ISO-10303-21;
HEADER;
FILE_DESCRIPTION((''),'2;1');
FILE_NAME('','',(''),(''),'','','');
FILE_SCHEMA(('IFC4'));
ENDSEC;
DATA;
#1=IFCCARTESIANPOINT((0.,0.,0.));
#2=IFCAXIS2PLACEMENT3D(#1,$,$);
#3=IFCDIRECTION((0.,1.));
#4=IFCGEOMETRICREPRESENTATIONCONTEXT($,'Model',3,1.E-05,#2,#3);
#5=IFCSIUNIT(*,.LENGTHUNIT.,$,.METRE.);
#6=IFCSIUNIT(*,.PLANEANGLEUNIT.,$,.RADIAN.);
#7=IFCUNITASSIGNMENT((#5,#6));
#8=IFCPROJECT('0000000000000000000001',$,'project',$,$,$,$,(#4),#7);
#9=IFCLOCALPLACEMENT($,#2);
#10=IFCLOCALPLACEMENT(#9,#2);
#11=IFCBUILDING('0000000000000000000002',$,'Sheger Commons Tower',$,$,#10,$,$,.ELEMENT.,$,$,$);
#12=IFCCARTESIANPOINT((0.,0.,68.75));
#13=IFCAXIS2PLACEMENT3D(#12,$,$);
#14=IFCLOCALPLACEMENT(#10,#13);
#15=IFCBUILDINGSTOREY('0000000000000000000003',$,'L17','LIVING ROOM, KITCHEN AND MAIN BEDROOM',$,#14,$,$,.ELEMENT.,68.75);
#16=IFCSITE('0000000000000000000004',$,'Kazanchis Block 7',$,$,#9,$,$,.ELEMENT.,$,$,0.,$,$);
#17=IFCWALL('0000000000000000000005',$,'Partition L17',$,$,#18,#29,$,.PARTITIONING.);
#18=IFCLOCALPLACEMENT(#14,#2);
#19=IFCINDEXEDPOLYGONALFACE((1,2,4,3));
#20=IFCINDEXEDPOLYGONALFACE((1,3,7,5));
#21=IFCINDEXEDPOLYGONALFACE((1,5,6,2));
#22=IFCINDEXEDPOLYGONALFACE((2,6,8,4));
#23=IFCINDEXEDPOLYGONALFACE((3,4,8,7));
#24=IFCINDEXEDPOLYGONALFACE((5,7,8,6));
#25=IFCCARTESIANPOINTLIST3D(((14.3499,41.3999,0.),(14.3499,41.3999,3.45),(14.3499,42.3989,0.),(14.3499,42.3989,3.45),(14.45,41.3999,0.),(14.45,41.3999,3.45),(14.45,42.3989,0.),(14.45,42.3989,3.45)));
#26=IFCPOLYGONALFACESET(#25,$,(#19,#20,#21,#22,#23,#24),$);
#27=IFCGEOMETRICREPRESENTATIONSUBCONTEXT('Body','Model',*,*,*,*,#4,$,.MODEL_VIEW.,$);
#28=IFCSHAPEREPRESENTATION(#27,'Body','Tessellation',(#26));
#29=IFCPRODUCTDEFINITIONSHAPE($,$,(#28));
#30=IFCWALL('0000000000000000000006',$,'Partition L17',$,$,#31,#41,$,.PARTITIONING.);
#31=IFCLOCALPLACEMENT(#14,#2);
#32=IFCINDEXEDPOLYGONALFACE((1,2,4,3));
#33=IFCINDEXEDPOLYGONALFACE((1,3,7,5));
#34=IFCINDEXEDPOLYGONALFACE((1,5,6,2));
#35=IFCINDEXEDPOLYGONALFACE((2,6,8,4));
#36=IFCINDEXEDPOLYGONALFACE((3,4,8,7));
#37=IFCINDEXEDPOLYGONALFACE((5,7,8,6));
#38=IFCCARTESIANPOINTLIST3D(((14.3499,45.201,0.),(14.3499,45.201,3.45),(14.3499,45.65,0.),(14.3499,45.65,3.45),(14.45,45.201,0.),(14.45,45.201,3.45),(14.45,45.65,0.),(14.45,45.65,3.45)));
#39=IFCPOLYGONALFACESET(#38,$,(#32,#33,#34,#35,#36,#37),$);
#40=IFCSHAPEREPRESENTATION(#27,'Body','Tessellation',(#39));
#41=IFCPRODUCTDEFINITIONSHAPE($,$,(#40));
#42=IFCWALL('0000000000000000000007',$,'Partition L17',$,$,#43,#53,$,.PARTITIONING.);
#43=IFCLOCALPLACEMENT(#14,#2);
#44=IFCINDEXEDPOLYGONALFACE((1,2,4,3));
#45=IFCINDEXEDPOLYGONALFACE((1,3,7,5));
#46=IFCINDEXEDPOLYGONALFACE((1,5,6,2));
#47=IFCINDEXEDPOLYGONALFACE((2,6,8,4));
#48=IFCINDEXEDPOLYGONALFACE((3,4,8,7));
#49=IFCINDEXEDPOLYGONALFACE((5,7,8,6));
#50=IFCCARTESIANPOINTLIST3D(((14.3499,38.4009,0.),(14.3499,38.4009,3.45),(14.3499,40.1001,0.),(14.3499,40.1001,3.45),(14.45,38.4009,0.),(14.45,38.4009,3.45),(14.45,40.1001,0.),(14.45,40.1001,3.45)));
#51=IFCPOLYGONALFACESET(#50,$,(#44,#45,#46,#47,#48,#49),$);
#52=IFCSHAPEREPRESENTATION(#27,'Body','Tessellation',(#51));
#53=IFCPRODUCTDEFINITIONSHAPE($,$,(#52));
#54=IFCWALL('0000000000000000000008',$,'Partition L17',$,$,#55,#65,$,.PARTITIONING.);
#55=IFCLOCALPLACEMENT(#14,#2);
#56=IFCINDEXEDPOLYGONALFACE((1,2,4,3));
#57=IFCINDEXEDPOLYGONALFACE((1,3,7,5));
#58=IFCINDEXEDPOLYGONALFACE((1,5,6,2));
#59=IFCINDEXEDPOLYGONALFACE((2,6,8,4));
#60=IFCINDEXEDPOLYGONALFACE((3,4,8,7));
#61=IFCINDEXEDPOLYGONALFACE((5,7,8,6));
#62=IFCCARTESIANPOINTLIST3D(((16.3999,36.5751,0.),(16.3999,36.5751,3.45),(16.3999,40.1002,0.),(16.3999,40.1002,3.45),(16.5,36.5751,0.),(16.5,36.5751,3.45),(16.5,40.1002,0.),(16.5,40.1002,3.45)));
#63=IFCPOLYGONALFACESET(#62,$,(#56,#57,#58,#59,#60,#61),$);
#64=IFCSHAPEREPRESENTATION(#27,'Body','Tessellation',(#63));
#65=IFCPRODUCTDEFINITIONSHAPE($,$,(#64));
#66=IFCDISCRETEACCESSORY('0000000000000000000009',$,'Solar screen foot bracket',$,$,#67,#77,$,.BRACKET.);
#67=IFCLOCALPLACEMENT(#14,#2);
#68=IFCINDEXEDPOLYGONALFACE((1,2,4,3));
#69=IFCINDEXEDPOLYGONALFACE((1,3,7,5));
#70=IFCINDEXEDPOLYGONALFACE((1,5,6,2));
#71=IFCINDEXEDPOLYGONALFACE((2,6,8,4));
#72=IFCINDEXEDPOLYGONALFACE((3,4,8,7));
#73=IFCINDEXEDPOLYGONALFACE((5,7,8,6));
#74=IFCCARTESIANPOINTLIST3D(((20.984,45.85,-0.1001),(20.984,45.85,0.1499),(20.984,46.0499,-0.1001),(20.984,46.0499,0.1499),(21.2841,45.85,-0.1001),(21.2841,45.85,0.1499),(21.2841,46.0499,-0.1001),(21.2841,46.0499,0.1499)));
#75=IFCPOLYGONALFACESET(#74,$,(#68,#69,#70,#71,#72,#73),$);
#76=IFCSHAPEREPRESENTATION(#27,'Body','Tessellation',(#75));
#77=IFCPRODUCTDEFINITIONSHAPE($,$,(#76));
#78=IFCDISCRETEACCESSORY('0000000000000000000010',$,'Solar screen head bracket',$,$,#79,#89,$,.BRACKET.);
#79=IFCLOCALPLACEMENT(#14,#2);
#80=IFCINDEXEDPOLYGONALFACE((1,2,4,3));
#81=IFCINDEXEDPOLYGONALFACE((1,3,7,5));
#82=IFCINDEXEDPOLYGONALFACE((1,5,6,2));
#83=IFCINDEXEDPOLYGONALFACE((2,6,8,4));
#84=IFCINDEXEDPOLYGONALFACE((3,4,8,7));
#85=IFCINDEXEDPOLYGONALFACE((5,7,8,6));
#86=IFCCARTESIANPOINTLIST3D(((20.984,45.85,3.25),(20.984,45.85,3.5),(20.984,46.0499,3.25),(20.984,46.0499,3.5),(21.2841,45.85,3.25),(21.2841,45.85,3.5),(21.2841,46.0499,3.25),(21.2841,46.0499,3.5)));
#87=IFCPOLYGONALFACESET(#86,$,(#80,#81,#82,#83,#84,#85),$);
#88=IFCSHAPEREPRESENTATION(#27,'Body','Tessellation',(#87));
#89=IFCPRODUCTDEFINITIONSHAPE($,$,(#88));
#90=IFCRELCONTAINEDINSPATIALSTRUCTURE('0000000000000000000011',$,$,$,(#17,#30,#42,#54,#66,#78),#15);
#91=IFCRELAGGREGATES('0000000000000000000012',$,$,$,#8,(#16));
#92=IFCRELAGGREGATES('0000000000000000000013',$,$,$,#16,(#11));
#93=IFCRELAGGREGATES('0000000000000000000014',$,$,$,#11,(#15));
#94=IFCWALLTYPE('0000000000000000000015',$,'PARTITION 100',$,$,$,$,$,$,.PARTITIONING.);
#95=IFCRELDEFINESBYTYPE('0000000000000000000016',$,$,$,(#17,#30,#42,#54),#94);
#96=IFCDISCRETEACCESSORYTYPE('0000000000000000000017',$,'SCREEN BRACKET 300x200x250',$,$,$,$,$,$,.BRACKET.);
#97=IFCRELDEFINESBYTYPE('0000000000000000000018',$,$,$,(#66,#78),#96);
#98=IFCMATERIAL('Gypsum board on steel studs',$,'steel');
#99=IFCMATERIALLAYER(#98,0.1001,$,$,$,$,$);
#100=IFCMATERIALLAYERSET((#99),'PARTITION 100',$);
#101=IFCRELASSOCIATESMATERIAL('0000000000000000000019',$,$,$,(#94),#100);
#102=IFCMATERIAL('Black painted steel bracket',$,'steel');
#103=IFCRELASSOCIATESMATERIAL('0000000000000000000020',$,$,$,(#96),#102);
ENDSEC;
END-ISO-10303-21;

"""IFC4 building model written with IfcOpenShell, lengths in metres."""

from ifc_helpers import new_model, si_unit, direction, frame, frame_2d, origin, origin_2d, place, context, subcontext, project, spatial, rectangle, extrude, material, layer, layer_set, type_object, element, save


model = new_model("IFC4")

# Units and contexts
model_context = context("Model", 3, precision=1e-05, world=origin(), true_north=direction((0.0, 1.0)))
body_context = subcontext(model_context, "Body", "Model", "MODEL_VIEW")
ifc_project = project(units=[si_unit("LENGTHUNIT", "METRE"), si_unit("PLANEANGLEUNIT", "RADIAN")], contexts=[model_context])

# Site, building, storey
site_placement = place(None, origin())
site = spatial("IfcSite", under=ifc_project, at=site_placement, Name="Kazanchis Block 7", CompositionType="ELEMENT", RefElevation=0.0)
building_placement = place(site_placement, origin())
building = spatial("IfcBuilding", under=site, at=building_placement, Name="Sheger Commons Tower", CompositionType="ELEMENT")
storey_placement = place(building_placement, frame((0.0, 0.0, 68.75)))
storey = spatial("IfcBuildingStorey", under=building, at=storey_placement, Name="L17", Description="LIVING ROOM, KITCHEN AND MAIN BEDROOM", CompositionType="ELEMENT", Elevation=68.75)

# Shared definitions
ifc_material_1 = material(Name="Gypsum board on steel studs", Category="steel")
ifc_layer_1 = layer(ifc_material_1, 0.1001)
ifc_layer_set_1 = layer_set([ifc_layer_1], Name="PARTITION 100")
wall_type_1 = type_object("IfcWallType", Name="PARTITION 100", PredefinedType="PARTITIONING", material=ifc_layer_set_1)

# Walls
wall_1_placement = place(storey_placement, frame((14.3999, 41.3999, 0.0), z_axis=(0.0, 0.0, 1.0), x_axis=(0.0, 1.0, 0.0)))
element("IfcWall", 1, at=wall_1_placement, inside=storey, type_object=wall_type_1, Name="Partition L17", PredefinedType="PARTITIONING", context=body_context, shape_type="SweptSolid", body=[
    extrude(rectangle(XDim=0.999, YDim=0.1001, at=frame_2d((0.4995, 0.0))), origin(), (0.0, 0.0, 1.0), 3.45),
])
wall_2_placement = place(storey_placement, frame((14.3999, 45.2009, 0.0), z_axis=(0.0, 0.0, 1.0), x_axis=(0.0, 1.0, 0.0)))
element("IfcWall", 2, at=wall_2_placement, inside=storey, type_object=wall_type_1, Name="Partition L17", PredefinedType="PARTITIONING", context=body_context, shape_type="SweptSolid", body=[
    extrude(rectangle(XDim=0.449, YDim=0.1001, at=frame_2d((0.2246, 0.0))), origin(), (0.0, 0.0, 1.0), 3.45),
])
wall_3_placement = place(storey_placement, frame((14.3999, 38.4009, 0.0), z_axis=(0.0, 0.0, 1.0), x_axis=(0.0, 1.0, 0.0)))
element("IfcWall", 3, at=wall_3_placement, inside=storey, type_object=wall_type_1, Name="Partition L17", PredefinedType="PARTITIONING", context=body_context, shape_type="SweptSolid", body=[
    extrude(rectangle(XDim=1.6992, YDim=0.1001, at=frame_2d((0.8496, 0.0))), origin(), (0.0, 0.0, 1.0), 3.45),
])
wall_4_placement = place(storey_placement, frame((16.45, 36.575, 0.0), z_axis=(0.0, 0.0, 1.0), x_axis=(0.0, 1.0, 0.0)))
element("IfcWall", 4, at=wall_4_placement, inside=storey, type_object=wall_type_1, Name="Partition L17", PredefinedType="PARTITIONING", context=body_context, shape_type="SweptSolid", body=[
    extrude(rectangle(XDim=3.5251, YDim=0.1001, at=frame_2d((1.7627, 0.0))), origin(), (0.0, 0.0, 1.0), 3.45),
])

# Discrete accessories
ifc_material_2 = material(Name="Black painted steel bracket", Category="steel")
discrete_accessory_type = type_object("IfcDiscreteAccessoryType", Name="SCREEN BRACKET 300x200x250", PredefinedType="BRACKET", material=ifc_material_2)
for number, where, z_axis, x_axis, name in (
    (5, (21.134, 45.95, -0.1001), (0.0, 0.0, 1.0), (-1.0, 0.0, 0.0), "Solar screen foot bracket"),
    (6, (21.134, 45.95, 3.25), (0.0, 0.0, 1.0), (-1.0, 0.0, 0.0), "Solar screen head bracket"),
):
    element("IfcDiscreteAccessory", number, at=place(storey_placement, frame(where, z_axis=z_axis, x_axis=x_axis)), inside=storey, type_object=discrete_accessory_type, Name=name, PredefinedType="BRACKET", context=body_context, shape_type="SweptSolid", body=[
        extrude(rectangle(XDim=0.3, YDim=0.2, at=origin_2d()), origin(), (0.0, 0.0, 1.0), 0.25),
    ])

save(model, "model.ifc")
